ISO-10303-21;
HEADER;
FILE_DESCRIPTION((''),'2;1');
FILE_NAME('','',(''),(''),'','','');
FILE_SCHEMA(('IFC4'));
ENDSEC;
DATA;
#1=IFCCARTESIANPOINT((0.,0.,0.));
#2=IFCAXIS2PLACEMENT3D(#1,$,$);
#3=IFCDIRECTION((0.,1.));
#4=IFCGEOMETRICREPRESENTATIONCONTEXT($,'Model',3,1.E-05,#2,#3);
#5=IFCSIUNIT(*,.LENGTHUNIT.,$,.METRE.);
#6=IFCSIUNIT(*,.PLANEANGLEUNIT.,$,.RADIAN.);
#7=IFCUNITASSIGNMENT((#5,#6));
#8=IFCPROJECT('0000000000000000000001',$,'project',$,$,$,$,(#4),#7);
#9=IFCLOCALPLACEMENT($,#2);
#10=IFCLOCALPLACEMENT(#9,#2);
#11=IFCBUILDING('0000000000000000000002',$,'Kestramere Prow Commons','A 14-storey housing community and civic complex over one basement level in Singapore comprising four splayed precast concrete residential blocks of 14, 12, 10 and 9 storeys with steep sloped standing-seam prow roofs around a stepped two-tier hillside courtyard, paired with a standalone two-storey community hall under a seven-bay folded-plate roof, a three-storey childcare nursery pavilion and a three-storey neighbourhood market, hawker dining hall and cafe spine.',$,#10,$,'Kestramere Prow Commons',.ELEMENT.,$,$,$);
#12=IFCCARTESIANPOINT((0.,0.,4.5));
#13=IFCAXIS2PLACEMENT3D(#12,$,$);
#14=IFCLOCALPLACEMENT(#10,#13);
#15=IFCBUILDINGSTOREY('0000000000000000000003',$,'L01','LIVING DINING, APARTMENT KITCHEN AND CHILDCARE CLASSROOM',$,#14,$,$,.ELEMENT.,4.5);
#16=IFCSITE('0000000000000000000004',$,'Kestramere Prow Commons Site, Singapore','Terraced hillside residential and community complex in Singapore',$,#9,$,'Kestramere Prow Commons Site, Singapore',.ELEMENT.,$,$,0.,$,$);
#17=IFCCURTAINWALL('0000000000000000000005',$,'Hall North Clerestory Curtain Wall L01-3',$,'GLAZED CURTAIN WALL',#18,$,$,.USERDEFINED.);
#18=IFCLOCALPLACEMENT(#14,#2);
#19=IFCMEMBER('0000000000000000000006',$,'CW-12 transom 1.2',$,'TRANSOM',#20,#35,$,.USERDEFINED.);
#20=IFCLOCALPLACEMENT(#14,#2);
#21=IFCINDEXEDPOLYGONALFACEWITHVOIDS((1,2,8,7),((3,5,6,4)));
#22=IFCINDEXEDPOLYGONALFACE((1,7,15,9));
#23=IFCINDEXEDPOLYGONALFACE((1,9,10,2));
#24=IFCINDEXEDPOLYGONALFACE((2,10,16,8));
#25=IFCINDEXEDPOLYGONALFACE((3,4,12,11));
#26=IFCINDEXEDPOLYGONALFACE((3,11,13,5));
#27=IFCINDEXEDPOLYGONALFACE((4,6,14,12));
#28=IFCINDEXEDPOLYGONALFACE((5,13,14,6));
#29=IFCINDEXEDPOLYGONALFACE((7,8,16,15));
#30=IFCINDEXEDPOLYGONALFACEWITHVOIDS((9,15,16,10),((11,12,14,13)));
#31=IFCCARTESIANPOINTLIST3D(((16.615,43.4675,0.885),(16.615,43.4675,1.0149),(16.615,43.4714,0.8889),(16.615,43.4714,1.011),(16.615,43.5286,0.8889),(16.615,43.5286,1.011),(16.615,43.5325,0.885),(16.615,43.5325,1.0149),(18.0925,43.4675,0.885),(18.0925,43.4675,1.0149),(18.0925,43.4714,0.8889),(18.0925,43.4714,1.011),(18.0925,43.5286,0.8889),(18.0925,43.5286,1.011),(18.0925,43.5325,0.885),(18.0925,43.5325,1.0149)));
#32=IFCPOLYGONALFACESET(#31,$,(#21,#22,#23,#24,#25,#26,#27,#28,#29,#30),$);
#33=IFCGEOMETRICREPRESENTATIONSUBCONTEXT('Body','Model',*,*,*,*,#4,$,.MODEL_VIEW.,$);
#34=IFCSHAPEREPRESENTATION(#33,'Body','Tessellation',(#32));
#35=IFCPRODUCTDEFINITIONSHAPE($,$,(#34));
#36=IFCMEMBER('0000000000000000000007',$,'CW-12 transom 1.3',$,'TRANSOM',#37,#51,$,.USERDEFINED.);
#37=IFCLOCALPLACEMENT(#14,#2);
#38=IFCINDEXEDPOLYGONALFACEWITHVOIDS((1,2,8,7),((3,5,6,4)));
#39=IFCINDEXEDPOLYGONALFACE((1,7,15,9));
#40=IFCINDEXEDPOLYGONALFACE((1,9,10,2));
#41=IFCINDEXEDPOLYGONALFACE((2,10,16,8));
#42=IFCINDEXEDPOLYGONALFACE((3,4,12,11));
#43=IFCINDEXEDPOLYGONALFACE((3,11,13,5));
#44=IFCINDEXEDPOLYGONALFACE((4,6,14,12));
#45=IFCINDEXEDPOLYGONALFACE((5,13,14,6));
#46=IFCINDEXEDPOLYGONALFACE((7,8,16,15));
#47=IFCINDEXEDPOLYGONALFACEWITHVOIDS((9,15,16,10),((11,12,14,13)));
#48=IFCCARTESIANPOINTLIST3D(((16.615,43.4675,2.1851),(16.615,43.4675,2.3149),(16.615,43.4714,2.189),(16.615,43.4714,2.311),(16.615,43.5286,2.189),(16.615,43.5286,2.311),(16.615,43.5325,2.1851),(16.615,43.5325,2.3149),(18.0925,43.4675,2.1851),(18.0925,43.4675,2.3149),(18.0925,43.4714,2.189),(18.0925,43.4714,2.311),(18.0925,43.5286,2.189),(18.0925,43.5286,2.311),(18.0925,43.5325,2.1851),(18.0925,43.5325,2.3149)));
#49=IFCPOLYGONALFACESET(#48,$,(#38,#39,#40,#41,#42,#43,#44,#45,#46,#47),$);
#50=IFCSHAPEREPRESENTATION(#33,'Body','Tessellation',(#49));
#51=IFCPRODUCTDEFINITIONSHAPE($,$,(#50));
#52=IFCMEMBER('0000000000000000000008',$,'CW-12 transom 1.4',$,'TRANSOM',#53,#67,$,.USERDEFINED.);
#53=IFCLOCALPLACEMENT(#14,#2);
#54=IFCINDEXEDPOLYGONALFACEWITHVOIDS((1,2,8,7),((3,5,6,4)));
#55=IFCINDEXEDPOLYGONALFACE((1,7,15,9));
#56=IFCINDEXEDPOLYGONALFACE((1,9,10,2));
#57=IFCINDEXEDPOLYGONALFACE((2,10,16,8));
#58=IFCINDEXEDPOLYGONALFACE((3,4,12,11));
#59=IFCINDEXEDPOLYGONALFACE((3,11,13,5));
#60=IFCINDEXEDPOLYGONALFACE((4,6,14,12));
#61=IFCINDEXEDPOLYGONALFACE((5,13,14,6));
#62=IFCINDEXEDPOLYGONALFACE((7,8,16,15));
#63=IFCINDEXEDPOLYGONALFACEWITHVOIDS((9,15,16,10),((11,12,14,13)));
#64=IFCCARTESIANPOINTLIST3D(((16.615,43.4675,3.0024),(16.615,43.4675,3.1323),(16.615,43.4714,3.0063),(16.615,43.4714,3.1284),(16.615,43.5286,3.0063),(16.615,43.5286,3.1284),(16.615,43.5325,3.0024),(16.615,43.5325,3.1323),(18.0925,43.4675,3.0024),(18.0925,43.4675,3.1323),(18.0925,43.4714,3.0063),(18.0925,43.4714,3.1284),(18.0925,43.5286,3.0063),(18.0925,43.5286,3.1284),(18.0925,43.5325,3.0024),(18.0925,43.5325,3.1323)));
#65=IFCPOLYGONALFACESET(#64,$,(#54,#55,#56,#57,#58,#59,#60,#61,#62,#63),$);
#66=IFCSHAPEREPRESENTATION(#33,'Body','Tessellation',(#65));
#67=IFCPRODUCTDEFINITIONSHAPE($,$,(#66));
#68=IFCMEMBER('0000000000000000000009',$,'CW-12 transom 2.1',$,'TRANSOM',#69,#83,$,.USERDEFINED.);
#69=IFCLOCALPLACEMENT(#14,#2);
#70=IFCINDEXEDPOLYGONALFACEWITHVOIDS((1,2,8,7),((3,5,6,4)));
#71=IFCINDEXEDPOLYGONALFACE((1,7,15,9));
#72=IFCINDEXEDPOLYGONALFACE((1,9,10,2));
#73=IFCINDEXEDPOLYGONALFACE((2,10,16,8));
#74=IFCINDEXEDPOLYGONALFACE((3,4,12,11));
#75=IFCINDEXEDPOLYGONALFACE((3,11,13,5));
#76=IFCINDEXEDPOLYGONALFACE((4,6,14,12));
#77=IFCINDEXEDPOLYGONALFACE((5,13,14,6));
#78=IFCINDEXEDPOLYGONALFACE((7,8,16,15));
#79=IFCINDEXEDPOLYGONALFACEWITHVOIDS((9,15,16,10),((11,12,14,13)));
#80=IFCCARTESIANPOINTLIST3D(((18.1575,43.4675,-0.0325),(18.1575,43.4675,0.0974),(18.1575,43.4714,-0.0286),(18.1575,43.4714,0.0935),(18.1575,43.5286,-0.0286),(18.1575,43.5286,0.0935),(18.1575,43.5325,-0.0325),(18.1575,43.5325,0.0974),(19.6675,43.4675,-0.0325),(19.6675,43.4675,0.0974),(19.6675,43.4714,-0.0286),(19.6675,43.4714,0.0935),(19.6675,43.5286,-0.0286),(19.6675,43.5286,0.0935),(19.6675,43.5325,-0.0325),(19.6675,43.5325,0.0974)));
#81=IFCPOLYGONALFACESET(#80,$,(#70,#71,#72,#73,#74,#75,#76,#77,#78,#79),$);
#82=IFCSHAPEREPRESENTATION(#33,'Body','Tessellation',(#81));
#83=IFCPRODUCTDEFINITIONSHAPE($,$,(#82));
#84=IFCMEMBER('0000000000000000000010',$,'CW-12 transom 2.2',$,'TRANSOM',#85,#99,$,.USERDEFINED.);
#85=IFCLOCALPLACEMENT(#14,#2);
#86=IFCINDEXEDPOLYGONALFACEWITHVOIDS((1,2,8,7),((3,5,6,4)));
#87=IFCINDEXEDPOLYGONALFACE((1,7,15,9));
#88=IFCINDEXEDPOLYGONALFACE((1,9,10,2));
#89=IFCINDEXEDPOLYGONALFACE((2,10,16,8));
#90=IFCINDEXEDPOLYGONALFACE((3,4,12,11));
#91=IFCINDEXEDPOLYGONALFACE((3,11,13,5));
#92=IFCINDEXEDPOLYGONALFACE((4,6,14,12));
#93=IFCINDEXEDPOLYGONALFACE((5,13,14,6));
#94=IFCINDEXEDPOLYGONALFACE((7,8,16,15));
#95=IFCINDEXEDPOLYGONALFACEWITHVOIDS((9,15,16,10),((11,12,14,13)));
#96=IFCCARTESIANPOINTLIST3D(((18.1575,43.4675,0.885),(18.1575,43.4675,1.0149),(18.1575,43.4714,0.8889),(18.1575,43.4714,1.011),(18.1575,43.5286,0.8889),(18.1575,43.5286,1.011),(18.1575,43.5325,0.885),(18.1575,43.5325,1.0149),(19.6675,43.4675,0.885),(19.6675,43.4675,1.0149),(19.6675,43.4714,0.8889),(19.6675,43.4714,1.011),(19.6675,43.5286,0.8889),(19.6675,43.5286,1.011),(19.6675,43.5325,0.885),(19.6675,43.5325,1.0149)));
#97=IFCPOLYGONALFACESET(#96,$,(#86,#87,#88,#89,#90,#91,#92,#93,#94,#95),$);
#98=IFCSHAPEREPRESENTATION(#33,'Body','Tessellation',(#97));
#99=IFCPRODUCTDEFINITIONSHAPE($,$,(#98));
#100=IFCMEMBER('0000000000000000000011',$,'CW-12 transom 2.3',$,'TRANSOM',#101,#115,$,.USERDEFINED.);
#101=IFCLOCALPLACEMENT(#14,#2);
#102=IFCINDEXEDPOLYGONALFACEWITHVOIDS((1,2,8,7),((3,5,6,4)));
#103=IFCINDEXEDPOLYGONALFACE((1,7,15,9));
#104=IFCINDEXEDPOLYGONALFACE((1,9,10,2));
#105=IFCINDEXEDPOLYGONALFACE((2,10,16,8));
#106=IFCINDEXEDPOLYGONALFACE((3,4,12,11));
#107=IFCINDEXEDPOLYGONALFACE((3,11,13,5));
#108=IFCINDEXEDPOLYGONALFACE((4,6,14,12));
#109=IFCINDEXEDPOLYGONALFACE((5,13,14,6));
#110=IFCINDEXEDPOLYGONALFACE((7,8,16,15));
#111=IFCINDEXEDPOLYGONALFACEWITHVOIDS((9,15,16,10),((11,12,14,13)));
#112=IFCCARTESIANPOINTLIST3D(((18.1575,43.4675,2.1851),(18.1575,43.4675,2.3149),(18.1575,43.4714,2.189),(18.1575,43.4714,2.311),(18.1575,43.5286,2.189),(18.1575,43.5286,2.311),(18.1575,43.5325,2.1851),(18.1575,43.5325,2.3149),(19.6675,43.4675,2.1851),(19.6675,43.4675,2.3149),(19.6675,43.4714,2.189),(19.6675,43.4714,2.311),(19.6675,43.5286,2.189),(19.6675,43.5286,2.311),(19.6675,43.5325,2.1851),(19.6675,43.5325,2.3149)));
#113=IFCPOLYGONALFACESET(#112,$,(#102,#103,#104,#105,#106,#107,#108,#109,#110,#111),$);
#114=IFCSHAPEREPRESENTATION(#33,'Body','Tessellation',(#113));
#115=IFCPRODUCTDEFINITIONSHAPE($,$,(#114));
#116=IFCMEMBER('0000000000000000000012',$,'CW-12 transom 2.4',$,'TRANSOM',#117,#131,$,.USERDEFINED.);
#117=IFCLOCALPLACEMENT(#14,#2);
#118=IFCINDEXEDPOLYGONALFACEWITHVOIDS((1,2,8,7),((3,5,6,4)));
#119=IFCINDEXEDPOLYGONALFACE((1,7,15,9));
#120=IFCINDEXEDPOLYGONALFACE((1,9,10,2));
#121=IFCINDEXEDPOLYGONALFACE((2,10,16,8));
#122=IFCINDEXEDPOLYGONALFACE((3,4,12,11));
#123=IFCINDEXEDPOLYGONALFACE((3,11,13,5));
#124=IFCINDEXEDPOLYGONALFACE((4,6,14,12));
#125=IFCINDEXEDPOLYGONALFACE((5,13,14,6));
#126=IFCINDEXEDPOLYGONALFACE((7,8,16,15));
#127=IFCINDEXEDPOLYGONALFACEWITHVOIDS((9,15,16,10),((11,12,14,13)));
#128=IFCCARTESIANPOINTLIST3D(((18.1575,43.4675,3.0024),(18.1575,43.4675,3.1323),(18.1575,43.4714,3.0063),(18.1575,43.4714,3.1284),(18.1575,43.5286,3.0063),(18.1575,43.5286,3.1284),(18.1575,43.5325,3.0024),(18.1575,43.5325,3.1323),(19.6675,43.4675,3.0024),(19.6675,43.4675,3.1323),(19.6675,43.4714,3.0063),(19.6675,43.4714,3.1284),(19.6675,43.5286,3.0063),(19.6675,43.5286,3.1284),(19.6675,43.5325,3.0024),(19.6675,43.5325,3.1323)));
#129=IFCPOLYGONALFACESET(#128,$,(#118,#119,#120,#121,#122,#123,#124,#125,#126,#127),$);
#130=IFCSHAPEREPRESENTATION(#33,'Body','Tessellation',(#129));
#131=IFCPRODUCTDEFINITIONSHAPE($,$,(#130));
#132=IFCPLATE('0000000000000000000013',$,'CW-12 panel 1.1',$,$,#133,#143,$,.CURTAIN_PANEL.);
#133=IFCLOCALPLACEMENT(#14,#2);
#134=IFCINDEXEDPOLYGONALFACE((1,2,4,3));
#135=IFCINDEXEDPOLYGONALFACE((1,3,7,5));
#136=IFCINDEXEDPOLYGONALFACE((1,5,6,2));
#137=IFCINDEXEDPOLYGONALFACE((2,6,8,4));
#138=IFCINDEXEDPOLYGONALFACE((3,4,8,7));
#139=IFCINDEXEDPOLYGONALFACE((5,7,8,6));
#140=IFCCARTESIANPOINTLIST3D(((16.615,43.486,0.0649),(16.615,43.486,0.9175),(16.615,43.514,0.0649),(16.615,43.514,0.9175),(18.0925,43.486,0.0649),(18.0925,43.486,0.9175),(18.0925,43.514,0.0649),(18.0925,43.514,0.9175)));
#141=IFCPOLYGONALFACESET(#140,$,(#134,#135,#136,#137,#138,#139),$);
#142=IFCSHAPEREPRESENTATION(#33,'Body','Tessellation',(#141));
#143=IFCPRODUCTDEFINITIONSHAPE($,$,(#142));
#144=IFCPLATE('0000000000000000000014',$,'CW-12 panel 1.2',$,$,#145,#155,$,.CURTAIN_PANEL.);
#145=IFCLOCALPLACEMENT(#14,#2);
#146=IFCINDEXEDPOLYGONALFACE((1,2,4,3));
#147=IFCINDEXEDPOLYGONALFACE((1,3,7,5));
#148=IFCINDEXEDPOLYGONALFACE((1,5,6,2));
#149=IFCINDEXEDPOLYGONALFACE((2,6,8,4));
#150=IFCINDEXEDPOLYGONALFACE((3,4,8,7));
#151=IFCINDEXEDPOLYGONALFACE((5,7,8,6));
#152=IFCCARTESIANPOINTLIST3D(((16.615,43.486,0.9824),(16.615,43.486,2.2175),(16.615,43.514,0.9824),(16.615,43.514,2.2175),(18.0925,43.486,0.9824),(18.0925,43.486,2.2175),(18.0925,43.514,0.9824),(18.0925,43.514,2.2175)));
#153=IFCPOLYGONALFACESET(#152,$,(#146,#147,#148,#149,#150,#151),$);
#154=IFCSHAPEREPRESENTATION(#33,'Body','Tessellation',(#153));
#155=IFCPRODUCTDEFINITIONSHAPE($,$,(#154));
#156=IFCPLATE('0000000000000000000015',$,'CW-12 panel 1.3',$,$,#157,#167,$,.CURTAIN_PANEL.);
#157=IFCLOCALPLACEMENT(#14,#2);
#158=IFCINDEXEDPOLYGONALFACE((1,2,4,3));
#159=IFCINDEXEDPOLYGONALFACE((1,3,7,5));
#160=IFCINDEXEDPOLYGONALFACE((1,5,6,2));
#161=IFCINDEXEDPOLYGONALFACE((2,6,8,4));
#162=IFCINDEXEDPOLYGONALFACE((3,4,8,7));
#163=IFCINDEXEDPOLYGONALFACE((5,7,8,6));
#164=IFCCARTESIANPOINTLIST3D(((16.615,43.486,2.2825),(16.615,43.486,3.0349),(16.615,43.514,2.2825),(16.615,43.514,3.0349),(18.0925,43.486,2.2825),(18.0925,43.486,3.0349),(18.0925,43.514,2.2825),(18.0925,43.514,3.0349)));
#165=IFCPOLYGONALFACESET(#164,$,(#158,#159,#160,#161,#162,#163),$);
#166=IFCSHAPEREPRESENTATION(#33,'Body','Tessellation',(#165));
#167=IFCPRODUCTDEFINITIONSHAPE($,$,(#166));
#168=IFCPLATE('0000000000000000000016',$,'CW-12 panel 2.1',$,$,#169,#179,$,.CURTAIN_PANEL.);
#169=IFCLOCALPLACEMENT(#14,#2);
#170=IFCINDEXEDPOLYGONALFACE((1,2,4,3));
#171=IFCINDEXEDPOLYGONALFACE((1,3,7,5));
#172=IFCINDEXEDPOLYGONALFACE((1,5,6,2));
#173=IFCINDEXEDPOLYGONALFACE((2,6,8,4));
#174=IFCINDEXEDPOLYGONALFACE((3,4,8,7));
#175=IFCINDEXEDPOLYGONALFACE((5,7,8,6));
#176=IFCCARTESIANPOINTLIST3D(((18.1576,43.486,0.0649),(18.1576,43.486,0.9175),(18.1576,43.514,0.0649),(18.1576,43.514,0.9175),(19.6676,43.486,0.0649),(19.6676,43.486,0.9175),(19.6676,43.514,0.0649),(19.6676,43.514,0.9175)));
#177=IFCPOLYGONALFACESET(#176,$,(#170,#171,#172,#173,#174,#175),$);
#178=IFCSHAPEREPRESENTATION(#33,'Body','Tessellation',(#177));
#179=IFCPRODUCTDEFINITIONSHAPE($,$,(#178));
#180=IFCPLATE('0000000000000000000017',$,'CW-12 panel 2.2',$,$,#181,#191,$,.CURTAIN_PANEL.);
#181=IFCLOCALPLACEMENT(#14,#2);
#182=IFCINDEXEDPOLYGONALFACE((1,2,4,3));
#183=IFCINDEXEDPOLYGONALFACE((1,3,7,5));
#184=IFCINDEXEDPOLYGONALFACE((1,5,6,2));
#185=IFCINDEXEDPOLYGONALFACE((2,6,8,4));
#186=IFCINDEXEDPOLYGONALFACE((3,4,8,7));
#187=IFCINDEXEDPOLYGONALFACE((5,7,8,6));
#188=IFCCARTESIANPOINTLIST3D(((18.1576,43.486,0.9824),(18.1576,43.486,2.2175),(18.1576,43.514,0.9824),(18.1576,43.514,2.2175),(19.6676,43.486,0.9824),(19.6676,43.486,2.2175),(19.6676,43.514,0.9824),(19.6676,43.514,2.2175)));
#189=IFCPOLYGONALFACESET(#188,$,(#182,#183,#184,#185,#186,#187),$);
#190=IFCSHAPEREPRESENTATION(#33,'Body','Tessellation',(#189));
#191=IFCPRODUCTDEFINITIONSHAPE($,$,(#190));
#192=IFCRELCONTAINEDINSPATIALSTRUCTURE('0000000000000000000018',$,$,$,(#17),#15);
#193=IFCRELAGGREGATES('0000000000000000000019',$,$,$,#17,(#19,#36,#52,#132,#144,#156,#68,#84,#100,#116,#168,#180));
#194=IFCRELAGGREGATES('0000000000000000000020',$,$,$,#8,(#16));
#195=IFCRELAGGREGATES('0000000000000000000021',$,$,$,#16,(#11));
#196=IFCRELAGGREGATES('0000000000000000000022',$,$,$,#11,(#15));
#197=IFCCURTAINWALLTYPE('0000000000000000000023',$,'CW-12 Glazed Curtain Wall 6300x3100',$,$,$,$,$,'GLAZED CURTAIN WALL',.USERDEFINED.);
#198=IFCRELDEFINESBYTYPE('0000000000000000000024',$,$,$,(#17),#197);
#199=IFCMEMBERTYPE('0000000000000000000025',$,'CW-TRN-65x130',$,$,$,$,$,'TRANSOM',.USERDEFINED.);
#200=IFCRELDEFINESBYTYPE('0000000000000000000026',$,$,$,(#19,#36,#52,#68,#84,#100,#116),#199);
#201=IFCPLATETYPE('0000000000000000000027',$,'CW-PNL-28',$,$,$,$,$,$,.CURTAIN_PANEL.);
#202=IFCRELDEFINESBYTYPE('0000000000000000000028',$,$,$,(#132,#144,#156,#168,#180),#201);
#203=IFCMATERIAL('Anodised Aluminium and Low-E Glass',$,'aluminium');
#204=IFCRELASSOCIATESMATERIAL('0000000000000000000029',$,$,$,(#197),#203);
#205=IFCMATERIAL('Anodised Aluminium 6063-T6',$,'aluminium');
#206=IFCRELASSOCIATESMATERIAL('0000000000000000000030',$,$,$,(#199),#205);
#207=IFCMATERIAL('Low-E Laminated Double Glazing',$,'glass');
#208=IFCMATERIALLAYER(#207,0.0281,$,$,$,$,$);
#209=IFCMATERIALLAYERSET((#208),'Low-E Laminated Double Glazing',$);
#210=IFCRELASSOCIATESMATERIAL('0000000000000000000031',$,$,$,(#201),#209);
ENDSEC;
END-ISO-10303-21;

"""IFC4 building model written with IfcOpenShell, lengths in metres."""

from ifc_helpers import new_model, si_unit, direction, frame, origin, origin_2d, place, context, subcontext, project, spatial, rectangle, hollow_rectangle, extrude, material, layer, layer_set, material_profile, profile_set, type_object, element, aggregate, save


model = new_model("IFC4")

# Units and contexts
model_context = context("Model", 3, precision=1e-05, world=origin(), true_north=direction((0.0, 1.0)))
body_context = subcontext(model_context, "Body", "Model", "MODEL_VIEW")
ifc_project = project(units=[si_unit("LENGTHUNIT", "METRE"), si_unit("PLANEANGLEUNIT", "RADIAN")], contexts=[model_context])

# Site, building, storey
site_placement = place(None, origin())
site = spatial("IfcSite", under=ifc_project, at=site_placement, Name="Kestramere Prow Commons Site, Singapore", Description="Terraced hillside residential and community complex in Singapore", LongName="Kestramere Prow Commons Site, Singapore", CompositionType="ELEMENT", RefElevation=0.0)
building_placement = place(site_placement, origin())
building = spatial("IfcBuilding", under=site, at=building_placement, Name="Kestramere Prow Commons", Description="A 14-storey housing community and civic complex over one basement level in Singapore comprising four splayed precast concrete residential blocks of 14, 12, 10 and 9 storeys with steep sloped standing-seam prow roofs around a stepped two-tier hillside courtyard, paired with a standalone two-storey community hall under a seven-bay folded-plate roof, a three-storey childcare nursery pavilion and a three-storey neighbourhood market, hawker dining hall and cafe spine.", LongName="Kestramere Prow Commons", CompositionType="ELEMENT")
storey_placement = place(building_placement, frame((0.0, 0.0, 4.5)))
storey = spatial("IfcBuildingStorey", under=building, at=storey_placement, Name="L01", Description="LIVING DINING, APARTMENT KITCHEN AND CHILDCARE CLASSROOM", CompositionType="ELEMENT", Elevation=4.5)

# Curtain wall, members, plates
ifc_material_1 = material(Name="Anodised Aluminium and Low-E Glass", Category="aluminium")
curtain_wall_type = type_object("IfcCurtainWallType", Name="CW-12 Glazed Curtain Wall 6300x3100", ElementType="GLAZED CURTAIN WALL", PredefinedType="USERDEFINED", material=ifc_material_1)
curtain_wall_placement = place(storey_placement, origin())
curtain_wall = element("IfcCurtainWall", 1, at=curtain_wall_placement, inside=storey, type_object=curtain_wall_type, Name="Hall North Clerestory Curtain Wall L01-3", ObjectType="GLAZED CURTAIN WALL", PredefinedType="USERDEFINED")
ifc_material_2 = material(Name="Anodised Aluminium 6063-T6", Category="aluminium")
ifc_material_profile_1 = material_profile(ifc_material_2, hollow_rectangle(XDim=0.0649, YDim=0.1299, WallThickness=0.0039, at=origin_2d()), Name="ALU-TRN 65x130")
ifc_profile_set_1 = profile_set([ifc_material_profile_1], Name="Anodised Aluminium 6063-T6")
member_type_1 = type_object("IfcMemberType", Name="CW-TRN-65x130", ElementType="TRANSOM", PredefinedType="USERDEFINED", material=ifc_profile_set_1)
member_1_placement = place(storey_placement, frame((16.615, 43.5, 0.95), z_axis=(1.0, 0.0, 0.0), x_axis=(0.0, 1.0, 0.0)))
member_1 = element("IfcMember", 2, at=member_1_placement, type_object=member_type_1, Name="CW-12 transom 1.2", ObjectType="TRANSOM", PredefinedType="USERDEFINED", context=body_context, shape_type="SweptSolid", body=[
    extrude(hollow_rectangle(XDim=0.0649, YDim=0.1299, WallThickness=0.0039, at=origin_2d()), origin(), (0.0, 0.0, 1.0), 1.4775),
])
member_2_placement = place(storey_placement, frame((16.615, 43.5, 2.25), z_axis=(1.0, 0.0, 0.0), x_axis=(0.0, 1.0, 0.0)))
member_2 = element("IfcMember", 3, at=member_2_placement, type_object=member_type_1, Name="CW-12 transom 1.3", ObjectType="TRANSOM", PredefinedType="USERDEFINED", context=body_context, shape_type="SweptSolid", body=[
    extrude(hollow_rectangle(XDim=0.0649, YDim=0.1299, WallThickness=0.0039, at=origin_2d()), origin(), (0.0, 0.0, 1.0), 1.4775),
])
member_3_placement = place(storey_placement, frame((16.615, 43.5, 3.0674), z_axis=(1.0, 0.0, 0.0), x_axis=(0.0, 1.0, 0.0)))
member_3 = element("IfcMember", 4, at=member_3_placement, type_object=member_type_1, Name="CW-12 transom 1.4", ObjectType="TRANSOM", PredefinedType="USERDEFINED", context=body_context, shape_type="SweptSolid", body=[
    extrude(hollow_rectangle(XDim=0.0649, YDim=0.1299, WallThickness=0.0039, at=origin_2d()), origin(), (0.0, 0.0, 1.0), 1.4775),
])
member_4_placement = place(storey_placement, frame((18.1575, 43.5, 0.0325), z_axis=(1.0, 0.0, 0.0), x_axis=(0.0, 1.0, 0.0)))
member_4 = element("IfcMember", 5, at=member_4_placement, type_object=member_type_1, Name="CW-12 transom 2.1", ObjectType="TRANSOM", PredefinedType="USERDEFINED", context=body_context, shape_type="SweptSolid", body=[
    extrude(hollow_rectangle(XDim=0.0649, YDim=0.1299, WallThickness=0.0039, at=origin_2d()), origin(), (0.0, 0.0, 1.0), 1.51),
])
member_5_placement = place(storey_placement, frame((18.1575, 43.5, 0.95), z_axis=(1.0, 0.0, 0.0), x_axis=(0.0, 1.0, 0.0)))
member_5 = element("IfcMember", 6, at=member_5_placement, type_object=member_type_1, Name="CW-12 transom 2.2", ObjectType="TRANSOM", PredefinedType="USERDEFINED", context=body_context, shape_type="SweptSolid", body=[
    extrude(hollow_rectangle(XDim=0.0649, YDim=0.1299, WallThickness=0.0039, at=origin_2d()), origin(), (0.0, 0.0, 1.0), 1.51),
])
member_6_placement = place(storey_placement, frame((18.1575, 43.5, 2.25), z_axis=(1.0, 0.0, 0.0), x_axis=(0.0, 1.0, 0.0)))
member_6 = element("IfcMember", 7, at=member_6_placement, type_object=member_type_1, Name="CW-12 transom 2.3", ObjectType="TRANSOM", PredefinedType="USERDEFINED", context=body_context, shape_type="SweptSolid", body=[
    extrude(hollow_rectangle(XDim=0.0649, YDim=0.1299, WallThickness=0.0039, at=origin_2d()), origin(), (0.0, 0.0, 1.0), 1.51),
])
member_7_placement = place(storey_placement, frame((18.1575, 43.5, 3.0674), z_axis=(1.0, 0.0, 0.0), x_axis=(0.0, 1.0, 0.0)))
member_7 = element("IfcMember", 8, at=member_7_placement, type_object=member_type_1, Name="CW-12 transom 2.4", ObjectType="TRANSOM", PredefinedType="USERDEFINED", context=body_context, shape_type="SweptSolid", body=[
    extrude(hollow_rectangle(XDim=0.0649, YDim=0.1299, WallThickness=0.0039, at=origin_2d()), origin(), (0.0, 0.0, 1.0), 1.51),
])
ifc_material_3 = material(Name="Low-E Laminated Double Glazing", Category="glass")
ifc_layer_1 = layer(ifc_material_3, 0.0281)
ifc_layer_set_1 = layer_set([ifc_layer_1], Name="Low-E Laminated Double Glazing")
plate_type_1 = type_object("IfcPlateType", Name="CW-PNL-28", PredefinedType="CURTAIN_PANEL", material=ifc_layer_set_1)
plate_1_placement = place(storey_placement, frame((17.3538, 43.5, 0.0649), z_axis=(0.0, 0.0, 1.0), x_axis=(1.0, 0.0, 0.0)))
plate_1 = element("IfcPlate", 9, at=plate_1_placement, type_object=plate_type_1, Name="CW-12 panel 1.1", PredefinedType="CURTAIN_PANEL", context=body_context, shape_type="SweptSolid", body=[
    extrude(rectangle(XDim=1.4775, YDim=0.0281, at=origin_2d()), origin(), (0.0, 0.0, 1.0), 0.8525),
])
plate_2_placement = place(storey_placement, frame((17.3538, 43.5, 0.9824), z_axis=(0.0, 0.0, 1.0), x_axis=(1.0, 0.0, 0.0)))
plate_2 = element("IfcPlate", 10, at=plate_2_placement, type_object=plate_type_1, Name="CW-12 panel 1.2", PredefinedType="CURTAIN_PANEL", context=body_context, shape_type="SweptSolid", body=[
    extrude(rectangle(XDim=1.4775, YDim=0.0281, at=origin_2d()), origin(), (0.0, 0.0, 1.0), 1.2351),
])
plate_3_placement = place(storey_placement, frame((17.3538, 43.5, 2.2825), z_axis=(0.0, 0.0, 1.0), x_axis=(1.0, 0.0, 0.0)))
plate_3 = element("IfcPlate", 11, at=plate_3_placement, type_object=plate_type_1, Name="CW-12 panel 1.3", PredefinedType="CURTAIN_PANEL", context=body_context, shape_type="SweptSolid", body=[
    extrude(rectangle(XDim=1.4775, YDim=0.0281, at=origin_2d()), origin(), (0.0, 0.0, 1.0), 0.7524),
])
plate_4_placement = place(storey_placement, frame((18.9126, 43.5, 0.0649), z_axis=(0.0, 0.0, 1.0), x_axis=(1.0, 0.0, 0.0)))
plate_4 = element("IfcPlate", 12, at=plate_4_placement, type_object=plate_type_1, Name="CW-12 panel 2.1", PredefinedType="CURTAIN_PANEL", context=body_context, shape_type="SweptSolid", body=[
    extrude(rectangle(XDim=1.51, YDim=0.0281, at=origin_2d()), origin(), (0.0, 0.0, 1.0), 0.8525),
])
plate_5_placement = place(storey_placement, frame((18.9126, 43.5, 0.9824), z_axis=(0.0, 0.0, 1.0), x_axis=(1.0, 0.0, 0.0)))
plate_5 = element("IfcPlate", 13, at=plate_5_placement, type_object=plate_type_1, Name="CW-12 panel 2.2", PredefinedType="CURTAIN_PANEL", context=body_context, shape_type="SweptSolid", body=[
    extrude(rectangle(XDim=1.51, YDim=0.0281, at=origin_2d()), origin(), (0.0, 0.0, 1.0), 1.2351),
])
aggregate(curtain_wall, [member_1, member_2, member_3, plate_1, plate_2, plate_3, member_4, member_5, member_6, member_7, plate_4, plate_5])

save(model, "model.ifc")
